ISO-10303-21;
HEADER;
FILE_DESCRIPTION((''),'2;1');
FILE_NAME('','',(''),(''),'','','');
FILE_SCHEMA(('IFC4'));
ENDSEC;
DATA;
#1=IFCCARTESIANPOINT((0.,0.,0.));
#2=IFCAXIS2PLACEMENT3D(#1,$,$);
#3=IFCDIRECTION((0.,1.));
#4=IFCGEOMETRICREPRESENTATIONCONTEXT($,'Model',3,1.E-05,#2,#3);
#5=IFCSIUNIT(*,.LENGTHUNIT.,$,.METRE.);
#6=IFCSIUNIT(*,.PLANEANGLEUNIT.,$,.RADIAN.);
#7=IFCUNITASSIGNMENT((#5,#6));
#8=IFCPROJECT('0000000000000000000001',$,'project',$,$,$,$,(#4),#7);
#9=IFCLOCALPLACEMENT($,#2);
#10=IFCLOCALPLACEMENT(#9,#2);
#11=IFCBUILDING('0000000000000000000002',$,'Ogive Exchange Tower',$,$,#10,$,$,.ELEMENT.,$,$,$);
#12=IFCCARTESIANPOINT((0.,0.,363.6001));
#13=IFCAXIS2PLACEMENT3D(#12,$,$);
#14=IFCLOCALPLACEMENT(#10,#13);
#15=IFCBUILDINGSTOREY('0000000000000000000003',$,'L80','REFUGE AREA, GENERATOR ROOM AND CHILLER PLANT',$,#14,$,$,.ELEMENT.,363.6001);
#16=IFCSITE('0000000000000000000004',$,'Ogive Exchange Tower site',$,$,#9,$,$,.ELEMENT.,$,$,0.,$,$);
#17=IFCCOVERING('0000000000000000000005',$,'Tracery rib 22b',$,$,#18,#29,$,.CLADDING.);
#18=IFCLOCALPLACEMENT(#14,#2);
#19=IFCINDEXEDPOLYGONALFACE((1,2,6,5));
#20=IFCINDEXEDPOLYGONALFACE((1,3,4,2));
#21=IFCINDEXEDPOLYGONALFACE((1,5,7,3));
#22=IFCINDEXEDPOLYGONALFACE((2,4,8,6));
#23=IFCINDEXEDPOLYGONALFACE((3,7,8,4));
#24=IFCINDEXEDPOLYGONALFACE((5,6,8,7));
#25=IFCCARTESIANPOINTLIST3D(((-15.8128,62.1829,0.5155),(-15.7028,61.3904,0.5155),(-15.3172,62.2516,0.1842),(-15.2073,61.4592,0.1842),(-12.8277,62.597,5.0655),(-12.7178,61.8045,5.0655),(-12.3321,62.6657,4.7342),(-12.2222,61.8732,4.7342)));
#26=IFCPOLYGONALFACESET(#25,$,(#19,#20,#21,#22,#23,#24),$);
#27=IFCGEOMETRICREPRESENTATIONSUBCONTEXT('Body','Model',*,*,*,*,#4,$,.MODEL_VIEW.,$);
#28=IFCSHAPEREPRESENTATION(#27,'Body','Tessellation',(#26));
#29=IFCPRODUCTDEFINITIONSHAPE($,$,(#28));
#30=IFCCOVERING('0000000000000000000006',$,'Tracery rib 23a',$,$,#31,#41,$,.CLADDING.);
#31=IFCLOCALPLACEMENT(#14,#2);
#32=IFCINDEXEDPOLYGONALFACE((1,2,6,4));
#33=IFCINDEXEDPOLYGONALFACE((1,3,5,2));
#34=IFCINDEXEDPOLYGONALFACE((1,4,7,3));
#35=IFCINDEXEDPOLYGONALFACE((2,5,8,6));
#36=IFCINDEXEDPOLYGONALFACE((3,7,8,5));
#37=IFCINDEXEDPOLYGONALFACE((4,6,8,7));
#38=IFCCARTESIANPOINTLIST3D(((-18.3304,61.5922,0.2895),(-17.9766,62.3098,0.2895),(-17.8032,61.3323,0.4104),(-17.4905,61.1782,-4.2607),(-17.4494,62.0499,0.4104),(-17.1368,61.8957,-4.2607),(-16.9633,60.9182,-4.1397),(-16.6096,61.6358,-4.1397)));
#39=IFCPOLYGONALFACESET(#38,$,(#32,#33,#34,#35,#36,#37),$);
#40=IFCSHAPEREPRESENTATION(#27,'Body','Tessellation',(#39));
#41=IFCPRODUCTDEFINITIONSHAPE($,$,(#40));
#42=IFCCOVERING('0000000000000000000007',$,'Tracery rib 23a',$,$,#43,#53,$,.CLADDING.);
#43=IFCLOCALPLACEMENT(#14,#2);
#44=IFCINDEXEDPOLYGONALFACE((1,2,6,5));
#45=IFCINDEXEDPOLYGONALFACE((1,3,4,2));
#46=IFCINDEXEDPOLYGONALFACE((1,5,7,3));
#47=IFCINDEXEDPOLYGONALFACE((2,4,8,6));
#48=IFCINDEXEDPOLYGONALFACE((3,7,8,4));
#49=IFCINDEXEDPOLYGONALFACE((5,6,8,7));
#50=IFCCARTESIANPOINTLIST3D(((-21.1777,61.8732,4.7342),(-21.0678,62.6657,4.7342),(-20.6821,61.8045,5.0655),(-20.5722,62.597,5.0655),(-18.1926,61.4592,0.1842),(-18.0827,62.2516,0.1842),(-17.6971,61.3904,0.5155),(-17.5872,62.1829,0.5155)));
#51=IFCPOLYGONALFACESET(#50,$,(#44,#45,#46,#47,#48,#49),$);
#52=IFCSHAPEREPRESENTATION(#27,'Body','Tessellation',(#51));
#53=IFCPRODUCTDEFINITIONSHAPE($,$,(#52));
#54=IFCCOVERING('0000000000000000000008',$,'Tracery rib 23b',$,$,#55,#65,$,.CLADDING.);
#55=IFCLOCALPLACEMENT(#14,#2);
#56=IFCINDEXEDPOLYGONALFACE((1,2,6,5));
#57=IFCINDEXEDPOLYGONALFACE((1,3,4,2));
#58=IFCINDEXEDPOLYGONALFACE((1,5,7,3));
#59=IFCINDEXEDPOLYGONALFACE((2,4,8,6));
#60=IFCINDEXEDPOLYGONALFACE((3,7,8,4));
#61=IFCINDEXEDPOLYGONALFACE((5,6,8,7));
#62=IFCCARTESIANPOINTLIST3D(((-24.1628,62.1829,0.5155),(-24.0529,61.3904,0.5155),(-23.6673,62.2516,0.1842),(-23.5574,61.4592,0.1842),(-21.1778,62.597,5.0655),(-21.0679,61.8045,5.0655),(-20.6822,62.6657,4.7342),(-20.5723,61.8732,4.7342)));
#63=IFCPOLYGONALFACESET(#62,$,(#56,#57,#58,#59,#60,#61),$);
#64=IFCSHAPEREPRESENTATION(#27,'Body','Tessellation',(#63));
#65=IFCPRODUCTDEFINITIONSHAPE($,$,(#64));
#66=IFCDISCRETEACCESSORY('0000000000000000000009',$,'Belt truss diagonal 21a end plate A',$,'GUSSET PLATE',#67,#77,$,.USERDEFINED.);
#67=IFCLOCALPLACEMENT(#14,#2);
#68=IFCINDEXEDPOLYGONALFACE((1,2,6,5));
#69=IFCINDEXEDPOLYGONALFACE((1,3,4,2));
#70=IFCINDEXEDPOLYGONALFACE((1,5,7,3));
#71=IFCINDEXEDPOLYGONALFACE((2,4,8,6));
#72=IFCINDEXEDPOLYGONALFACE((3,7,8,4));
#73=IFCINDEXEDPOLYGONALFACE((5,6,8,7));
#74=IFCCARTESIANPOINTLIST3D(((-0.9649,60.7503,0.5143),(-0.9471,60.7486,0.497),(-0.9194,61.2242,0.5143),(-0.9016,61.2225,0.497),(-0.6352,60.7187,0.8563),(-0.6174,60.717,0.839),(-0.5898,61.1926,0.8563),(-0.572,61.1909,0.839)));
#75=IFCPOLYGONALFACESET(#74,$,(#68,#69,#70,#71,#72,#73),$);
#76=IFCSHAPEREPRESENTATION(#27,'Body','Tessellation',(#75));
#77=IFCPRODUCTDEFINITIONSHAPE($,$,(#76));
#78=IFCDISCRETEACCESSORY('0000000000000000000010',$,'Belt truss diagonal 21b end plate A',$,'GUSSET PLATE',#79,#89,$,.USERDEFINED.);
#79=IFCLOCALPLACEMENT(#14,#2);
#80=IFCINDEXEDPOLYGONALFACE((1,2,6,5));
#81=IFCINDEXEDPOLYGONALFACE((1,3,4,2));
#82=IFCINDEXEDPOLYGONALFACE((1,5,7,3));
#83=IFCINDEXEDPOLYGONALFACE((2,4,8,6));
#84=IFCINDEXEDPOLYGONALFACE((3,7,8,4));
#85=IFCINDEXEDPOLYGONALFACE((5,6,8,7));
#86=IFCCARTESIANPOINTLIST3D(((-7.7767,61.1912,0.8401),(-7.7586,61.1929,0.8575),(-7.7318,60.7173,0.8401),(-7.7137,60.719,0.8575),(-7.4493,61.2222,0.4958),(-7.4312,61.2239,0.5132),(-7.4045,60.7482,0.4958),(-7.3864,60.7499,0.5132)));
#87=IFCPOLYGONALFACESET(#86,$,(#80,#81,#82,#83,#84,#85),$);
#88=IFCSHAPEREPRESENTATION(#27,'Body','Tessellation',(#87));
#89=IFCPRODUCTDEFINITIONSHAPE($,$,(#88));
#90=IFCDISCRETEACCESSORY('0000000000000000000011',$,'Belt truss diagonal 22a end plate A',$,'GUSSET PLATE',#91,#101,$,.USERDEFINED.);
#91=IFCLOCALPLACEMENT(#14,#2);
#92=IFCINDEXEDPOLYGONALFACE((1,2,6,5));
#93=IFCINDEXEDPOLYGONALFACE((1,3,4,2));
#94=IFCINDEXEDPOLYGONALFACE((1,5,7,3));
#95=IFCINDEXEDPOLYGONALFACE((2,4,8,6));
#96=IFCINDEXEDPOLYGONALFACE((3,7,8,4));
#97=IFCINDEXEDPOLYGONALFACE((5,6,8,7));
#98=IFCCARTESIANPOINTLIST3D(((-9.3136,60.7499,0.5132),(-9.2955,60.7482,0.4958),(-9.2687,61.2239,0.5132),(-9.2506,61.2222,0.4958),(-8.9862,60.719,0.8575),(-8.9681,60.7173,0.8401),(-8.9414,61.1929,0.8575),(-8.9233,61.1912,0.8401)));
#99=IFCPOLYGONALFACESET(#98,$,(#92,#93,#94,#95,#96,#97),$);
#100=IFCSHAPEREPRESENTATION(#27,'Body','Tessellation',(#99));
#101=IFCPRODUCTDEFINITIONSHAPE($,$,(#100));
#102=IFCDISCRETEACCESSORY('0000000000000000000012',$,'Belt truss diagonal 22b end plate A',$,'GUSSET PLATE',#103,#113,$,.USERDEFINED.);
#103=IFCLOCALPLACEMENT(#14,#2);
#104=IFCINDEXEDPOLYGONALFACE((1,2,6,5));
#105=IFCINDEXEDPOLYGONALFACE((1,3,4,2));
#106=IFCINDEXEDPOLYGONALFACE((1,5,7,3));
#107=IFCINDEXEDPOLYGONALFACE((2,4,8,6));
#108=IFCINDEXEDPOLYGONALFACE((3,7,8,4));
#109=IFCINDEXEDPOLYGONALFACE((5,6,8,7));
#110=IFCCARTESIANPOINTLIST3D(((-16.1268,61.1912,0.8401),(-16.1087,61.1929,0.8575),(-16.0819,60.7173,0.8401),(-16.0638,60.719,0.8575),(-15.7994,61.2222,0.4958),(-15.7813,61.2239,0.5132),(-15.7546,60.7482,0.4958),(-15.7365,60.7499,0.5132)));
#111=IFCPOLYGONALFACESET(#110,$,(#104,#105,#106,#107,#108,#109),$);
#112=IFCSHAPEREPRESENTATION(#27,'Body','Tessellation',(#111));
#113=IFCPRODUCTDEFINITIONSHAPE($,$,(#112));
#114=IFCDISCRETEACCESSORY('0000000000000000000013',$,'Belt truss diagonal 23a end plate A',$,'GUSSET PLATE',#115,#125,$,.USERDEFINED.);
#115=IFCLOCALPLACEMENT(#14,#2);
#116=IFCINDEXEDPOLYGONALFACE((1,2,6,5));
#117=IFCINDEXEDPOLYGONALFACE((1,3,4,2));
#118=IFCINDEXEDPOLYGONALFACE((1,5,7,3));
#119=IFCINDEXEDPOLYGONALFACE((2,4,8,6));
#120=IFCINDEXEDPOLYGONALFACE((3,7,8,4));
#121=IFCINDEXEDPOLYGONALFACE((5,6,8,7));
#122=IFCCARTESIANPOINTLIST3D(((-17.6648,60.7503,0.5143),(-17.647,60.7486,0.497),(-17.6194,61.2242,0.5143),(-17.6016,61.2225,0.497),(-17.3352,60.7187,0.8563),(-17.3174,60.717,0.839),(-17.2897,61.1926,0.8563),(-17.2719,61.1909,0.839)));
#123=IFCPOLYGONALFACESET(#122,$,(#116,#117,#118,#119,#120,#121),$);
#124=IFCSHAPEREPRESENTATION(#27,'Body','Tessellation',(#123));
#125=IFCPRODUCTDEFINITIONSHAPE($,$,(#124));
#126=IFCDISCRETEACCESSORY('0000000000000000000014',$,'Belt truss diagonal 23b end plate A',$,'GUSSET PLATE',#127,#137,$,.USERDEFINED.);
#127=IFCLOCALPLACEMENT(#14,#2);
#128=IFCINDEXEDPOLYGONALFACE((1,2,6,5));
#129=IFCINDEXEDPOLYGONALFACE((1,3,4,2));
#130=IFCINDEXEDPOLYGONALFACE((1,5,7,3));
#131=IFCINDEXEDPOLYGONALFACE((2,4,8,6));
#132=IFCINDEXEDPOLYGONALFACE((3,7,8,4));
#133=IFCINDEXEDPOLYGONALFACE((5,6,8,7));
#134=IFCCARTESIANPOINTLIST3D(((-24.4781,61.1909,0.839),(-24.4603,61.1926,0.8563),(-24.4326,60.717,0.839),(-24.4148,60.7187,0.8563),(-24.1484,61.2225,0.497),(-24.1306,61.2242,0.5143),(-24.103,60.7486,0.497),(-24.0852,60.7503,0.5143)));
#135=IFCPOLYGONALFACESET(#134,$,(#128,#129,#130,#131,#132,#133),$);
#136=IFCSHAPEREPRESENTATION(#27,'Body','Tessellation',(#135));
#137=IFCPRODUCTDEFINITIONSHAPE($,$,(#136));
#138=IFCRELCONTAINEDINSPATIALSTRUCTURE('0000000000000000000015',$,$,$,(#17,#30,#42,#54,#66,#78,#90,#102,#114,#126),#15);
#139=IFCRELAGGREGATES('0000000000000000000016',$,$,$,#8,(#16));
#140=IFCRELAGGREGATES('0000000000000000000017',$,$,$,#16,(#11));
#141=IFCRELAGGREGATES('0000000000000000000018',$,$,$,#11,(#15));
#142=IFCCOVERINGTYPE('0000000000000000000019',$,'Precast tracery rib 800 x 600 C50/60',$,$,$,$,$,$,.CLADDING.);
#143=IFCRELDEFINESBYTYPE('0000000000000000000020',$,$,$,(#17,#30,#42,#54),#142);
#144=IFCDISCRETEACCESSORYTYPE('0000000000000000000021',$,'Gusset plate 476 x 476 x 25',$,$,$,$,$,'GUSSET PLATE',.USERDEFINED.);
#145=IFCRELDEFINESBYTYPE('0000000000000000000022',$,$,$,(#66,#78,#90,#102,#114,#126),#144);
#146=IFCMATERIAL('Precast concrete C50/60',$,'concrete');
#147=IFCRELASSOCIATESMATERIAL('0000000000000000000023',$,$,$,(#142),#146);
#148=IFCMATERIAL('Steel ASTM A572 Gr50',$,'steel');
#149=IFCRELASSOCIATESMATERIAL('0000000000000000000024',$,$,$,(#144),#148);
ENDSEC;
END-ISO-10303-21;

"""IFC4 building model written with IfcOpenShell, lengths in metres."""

from ifc_helpers import new_model, si_unit, direction, frame, origin, origin_2d, place, context, subcontext, project, spatial, rectangle, extrude, material, material_profile, profile_set, type_object, element, save


model = new_model("IFC4")

# Units and contexts
model_context = context("Model", 3, precision=1e-05, world=origin(), true_north=direction((0.0, 1.0)))
body_context = subcontext(model_context, "Body", "Model", "MODEL_VIEW")
ifc_project = project(units=[si_unit("LENGTHUNIT", "METRE"), si_unit("PLANEANGLEUNIT", "RADIAN")], contexts=[model_context])

# Site, building, storey
site_placement = place(None, origin())
site = spatial("IfcSite", under=ifc_project, at=site_placement, Name="Ogive Exchange Tower site", CompositionType="ELEMENT", RefElevation=0.0)
building_placement = place(site_placement, origin())
building = spatial("IfcBuilding", under=site, at=building_placement, Name="Ogive Exchange Tower", CompositionType="ELEMENT")
storey_placement = place(building_placement, frame((0.0, 0.0, 363.6001)))
storey = spatial("IfcBuildingStorey", under=building, at=storey_placement, Name="L80", Description="REFUGE AREA, GENERATOR ROOM AND CHILLER PLANT", CompositionType="ELEMENT", Elevation=363.6001)

# Coverings
ifc_material_1 = material(Name="Precast concrete C50/60", Category="concrete")
ifc_material_profile_1 = material_profile(ifc_material_1, rectangle(XDim=0.8, YDim=0.6001, at=origin_2d()), Name="RIB 800 x 600")
ifc_profile_set_1 = profile_set([ifc_material_profile_1], Name="Precast concrete C50/60")
covering_type = type_object("IfcCoveringType", Name="Precast tracery rib 800 x 600 C50/60", PredefinedType="CLADDING", material=ifc_profile_set_1)
covering_1_placement = place(storey_placement, frame((-15.51, 61.821, 0.3499), z_axis=(0.546965, 0.075869, 0.833711), x_axis=(-0.137394, 0.990516, 0.0)))
element("IfcCovering", 1, at=covering_1_placement, inside=storey, type_object=covering_type, Name="Tracery rib 22b", PredefinedType="CLADDING", context=body_context, shape_type="SweptSolid", body=[
    extrude(rectangle(XDim=0.8, YDim=0.6001, at=origin_2d()), origin(), (0.0, 0.0, 1.0), 5.4575),
])
covering_2_placement = place(storey_placement, frame((-17.05, 61.407, -4.2002), z_axis=(-0.18079, 0.089134, 0.979474), x_axis=(-0.442201, -0.896916, 0.0)))
element("IfcCovering", 2, at=covering_2_placement, inside=storey, type_object=covering_type, Name="Tracery rib 23a", PredefinedType="CLADDING", context=body_context, shape_type="SweptSolid", body=[
    extrude(rectangle(XDim=0.8, YDim=0.6001, at=origin_2d()), origin(), (0.0, 0.0, 1.0), 4.6455),
])
for number, where, z_axis, x_axis, name in (
    (3, (-17.8899, 61.821, 0.3499), (-0.546965, 0.075869, 0.833711), (-0.137394, -0.990516, 0.0), "Tracery rib 23a"),
    (4, (-23.8601, 61.821, 0.3499), (0.546965, 0.075869, 0.833711), (-0.137394, 0.990516, 0.0), "Tracery rib 23b"),
):
    element("IfcCovering", number, at=place(storey_placement, frame(where, z_axis=z_axis, x_axis=x_axis)), inside=storey, type_object=covering_type, Name=name, PredefinedType="CLADDING", context=body_context, shape_type="SweptSolid", body=[
        extrude(rectangle(XDim=0.8, YDim=0.6001, at=origin_2d()), origin(), (0.0, 0.0, 1.0), 5.4575),
    ])

# Discrete accessories
ifc_material_2 = material(Name="Steel ASTM A572 Gr50", Category="steel")
ifc_material_profile_2 = material_profile(ifc_material_2, rectangle(XDim=0.4761, YDim=0.4761, at=origin_2d()), Name="PL 476 x 476 x 25")
ifc_profile_set_2 = profile_set([ifc_material_profile_2], Name="Steel ASTM A572 Gr50")
discrete_accessory_type = type_object("IfcDiscreteAccessoryType", Name="Gusset plate 476 x 476 x 25", ElementType="GUSSET PLATE", PredefinedType="USERDEFINED", material=ifc_profile_set_2)
discrete_accessory_placement = place(storey_placement, frame((-0.7595, 60.9697, 0.668), z_axis=(-0.715171, 0.068578, 0.695577), x_axis=(-0.095453, -0.995434, 0.0)))
element("IfcDiscreteAccessory", 5, at=discrete_accessory_placement, inside=storey, type_object=discrete_accessory_type, Name="Belt truss diagonal 21a end plate A", ObjectType="GUSSET PLATE", PredefinedType="USERDEFINED", context=body_context, shape_type="SweptSolid", body=[
    extrude(rectangle(XDim=0.4761, YDim=0.4761, at=origin_2d()), origin(), (0.0, 0.0, 1.0), 0.0249),
])
for number, where, z_axis, x_axis, name in (
    (6, (-7.5906, 60.9697, 0.668), (0.719907, 0.068099, 0.690722), (-0.094174, 0.995556, 0.0), "Belt truss diagonal 21b end plate A"),
    (7, (-9.1094, 60.9697, 0.668), (-0.719907, 0.068099, 0.690722), (-0.094174, -0.995556, 0.0), "Belt truss diagonal 22a end plate A"),
    (8, (-15.9407, 60.9697, 0.668), (0.719907, 0.068099, 0.690722), (-0.094174, 0.995556, 0.0), "Belt truss diagonal 22b end plate A"),
):
    element("IfcDiscreteAccessory", number, at=place(storey_placement, frame(where, z_axis=z_axis, x_axis=x_axis)), inside=storey, type_object=discrete_accessory_type, Name=name, ObjectType="GUSSET PLATE", PredefinedType="USERDEFINED", context=body_context, shape_type="SweptSolid", body=[
        extrude(rectangle(XDim=0.4761, YDim=0.4761, at=origin_2d()), origin(), (0.0, 0.0, 1.0), 0.0251),
    ])
for number, where, z_axis, x_axis, name in (
    (9, (-17.4595, 60.9697, 0.668), (-0.715171, 0.068578, 0.695577), (-0.095453, -0.995434, 0.0), "Belt truss diagonal 23a end plate A"),
    (10, (-24.2905, 60.9697, 0.668), (0.715171, 0.068578, 0.695577), (-0.095453, 0.995434, 0.0), "Belt truss diagonal 23b end plate A"),
):
    element("IfcDiscreteAccessory", number, at=place(storey_placement, frame(where, z_axis=z_axis, x_axis=x_axis)), inside=storey, type_object=discrete_accessory_type, Name=name, ObjectType="GUSSET PLATE", PredefinedType="USERDEFINED", context=body_context, shape_type="SweptSolid", body=[
        extrude(rectangle(XDim=0.4761, YDim=0.4761, at=origin_2d()), origin(), (0.0, 0.0, 1.0), 0.0249),
    ])

save(model, "model.ifc")
